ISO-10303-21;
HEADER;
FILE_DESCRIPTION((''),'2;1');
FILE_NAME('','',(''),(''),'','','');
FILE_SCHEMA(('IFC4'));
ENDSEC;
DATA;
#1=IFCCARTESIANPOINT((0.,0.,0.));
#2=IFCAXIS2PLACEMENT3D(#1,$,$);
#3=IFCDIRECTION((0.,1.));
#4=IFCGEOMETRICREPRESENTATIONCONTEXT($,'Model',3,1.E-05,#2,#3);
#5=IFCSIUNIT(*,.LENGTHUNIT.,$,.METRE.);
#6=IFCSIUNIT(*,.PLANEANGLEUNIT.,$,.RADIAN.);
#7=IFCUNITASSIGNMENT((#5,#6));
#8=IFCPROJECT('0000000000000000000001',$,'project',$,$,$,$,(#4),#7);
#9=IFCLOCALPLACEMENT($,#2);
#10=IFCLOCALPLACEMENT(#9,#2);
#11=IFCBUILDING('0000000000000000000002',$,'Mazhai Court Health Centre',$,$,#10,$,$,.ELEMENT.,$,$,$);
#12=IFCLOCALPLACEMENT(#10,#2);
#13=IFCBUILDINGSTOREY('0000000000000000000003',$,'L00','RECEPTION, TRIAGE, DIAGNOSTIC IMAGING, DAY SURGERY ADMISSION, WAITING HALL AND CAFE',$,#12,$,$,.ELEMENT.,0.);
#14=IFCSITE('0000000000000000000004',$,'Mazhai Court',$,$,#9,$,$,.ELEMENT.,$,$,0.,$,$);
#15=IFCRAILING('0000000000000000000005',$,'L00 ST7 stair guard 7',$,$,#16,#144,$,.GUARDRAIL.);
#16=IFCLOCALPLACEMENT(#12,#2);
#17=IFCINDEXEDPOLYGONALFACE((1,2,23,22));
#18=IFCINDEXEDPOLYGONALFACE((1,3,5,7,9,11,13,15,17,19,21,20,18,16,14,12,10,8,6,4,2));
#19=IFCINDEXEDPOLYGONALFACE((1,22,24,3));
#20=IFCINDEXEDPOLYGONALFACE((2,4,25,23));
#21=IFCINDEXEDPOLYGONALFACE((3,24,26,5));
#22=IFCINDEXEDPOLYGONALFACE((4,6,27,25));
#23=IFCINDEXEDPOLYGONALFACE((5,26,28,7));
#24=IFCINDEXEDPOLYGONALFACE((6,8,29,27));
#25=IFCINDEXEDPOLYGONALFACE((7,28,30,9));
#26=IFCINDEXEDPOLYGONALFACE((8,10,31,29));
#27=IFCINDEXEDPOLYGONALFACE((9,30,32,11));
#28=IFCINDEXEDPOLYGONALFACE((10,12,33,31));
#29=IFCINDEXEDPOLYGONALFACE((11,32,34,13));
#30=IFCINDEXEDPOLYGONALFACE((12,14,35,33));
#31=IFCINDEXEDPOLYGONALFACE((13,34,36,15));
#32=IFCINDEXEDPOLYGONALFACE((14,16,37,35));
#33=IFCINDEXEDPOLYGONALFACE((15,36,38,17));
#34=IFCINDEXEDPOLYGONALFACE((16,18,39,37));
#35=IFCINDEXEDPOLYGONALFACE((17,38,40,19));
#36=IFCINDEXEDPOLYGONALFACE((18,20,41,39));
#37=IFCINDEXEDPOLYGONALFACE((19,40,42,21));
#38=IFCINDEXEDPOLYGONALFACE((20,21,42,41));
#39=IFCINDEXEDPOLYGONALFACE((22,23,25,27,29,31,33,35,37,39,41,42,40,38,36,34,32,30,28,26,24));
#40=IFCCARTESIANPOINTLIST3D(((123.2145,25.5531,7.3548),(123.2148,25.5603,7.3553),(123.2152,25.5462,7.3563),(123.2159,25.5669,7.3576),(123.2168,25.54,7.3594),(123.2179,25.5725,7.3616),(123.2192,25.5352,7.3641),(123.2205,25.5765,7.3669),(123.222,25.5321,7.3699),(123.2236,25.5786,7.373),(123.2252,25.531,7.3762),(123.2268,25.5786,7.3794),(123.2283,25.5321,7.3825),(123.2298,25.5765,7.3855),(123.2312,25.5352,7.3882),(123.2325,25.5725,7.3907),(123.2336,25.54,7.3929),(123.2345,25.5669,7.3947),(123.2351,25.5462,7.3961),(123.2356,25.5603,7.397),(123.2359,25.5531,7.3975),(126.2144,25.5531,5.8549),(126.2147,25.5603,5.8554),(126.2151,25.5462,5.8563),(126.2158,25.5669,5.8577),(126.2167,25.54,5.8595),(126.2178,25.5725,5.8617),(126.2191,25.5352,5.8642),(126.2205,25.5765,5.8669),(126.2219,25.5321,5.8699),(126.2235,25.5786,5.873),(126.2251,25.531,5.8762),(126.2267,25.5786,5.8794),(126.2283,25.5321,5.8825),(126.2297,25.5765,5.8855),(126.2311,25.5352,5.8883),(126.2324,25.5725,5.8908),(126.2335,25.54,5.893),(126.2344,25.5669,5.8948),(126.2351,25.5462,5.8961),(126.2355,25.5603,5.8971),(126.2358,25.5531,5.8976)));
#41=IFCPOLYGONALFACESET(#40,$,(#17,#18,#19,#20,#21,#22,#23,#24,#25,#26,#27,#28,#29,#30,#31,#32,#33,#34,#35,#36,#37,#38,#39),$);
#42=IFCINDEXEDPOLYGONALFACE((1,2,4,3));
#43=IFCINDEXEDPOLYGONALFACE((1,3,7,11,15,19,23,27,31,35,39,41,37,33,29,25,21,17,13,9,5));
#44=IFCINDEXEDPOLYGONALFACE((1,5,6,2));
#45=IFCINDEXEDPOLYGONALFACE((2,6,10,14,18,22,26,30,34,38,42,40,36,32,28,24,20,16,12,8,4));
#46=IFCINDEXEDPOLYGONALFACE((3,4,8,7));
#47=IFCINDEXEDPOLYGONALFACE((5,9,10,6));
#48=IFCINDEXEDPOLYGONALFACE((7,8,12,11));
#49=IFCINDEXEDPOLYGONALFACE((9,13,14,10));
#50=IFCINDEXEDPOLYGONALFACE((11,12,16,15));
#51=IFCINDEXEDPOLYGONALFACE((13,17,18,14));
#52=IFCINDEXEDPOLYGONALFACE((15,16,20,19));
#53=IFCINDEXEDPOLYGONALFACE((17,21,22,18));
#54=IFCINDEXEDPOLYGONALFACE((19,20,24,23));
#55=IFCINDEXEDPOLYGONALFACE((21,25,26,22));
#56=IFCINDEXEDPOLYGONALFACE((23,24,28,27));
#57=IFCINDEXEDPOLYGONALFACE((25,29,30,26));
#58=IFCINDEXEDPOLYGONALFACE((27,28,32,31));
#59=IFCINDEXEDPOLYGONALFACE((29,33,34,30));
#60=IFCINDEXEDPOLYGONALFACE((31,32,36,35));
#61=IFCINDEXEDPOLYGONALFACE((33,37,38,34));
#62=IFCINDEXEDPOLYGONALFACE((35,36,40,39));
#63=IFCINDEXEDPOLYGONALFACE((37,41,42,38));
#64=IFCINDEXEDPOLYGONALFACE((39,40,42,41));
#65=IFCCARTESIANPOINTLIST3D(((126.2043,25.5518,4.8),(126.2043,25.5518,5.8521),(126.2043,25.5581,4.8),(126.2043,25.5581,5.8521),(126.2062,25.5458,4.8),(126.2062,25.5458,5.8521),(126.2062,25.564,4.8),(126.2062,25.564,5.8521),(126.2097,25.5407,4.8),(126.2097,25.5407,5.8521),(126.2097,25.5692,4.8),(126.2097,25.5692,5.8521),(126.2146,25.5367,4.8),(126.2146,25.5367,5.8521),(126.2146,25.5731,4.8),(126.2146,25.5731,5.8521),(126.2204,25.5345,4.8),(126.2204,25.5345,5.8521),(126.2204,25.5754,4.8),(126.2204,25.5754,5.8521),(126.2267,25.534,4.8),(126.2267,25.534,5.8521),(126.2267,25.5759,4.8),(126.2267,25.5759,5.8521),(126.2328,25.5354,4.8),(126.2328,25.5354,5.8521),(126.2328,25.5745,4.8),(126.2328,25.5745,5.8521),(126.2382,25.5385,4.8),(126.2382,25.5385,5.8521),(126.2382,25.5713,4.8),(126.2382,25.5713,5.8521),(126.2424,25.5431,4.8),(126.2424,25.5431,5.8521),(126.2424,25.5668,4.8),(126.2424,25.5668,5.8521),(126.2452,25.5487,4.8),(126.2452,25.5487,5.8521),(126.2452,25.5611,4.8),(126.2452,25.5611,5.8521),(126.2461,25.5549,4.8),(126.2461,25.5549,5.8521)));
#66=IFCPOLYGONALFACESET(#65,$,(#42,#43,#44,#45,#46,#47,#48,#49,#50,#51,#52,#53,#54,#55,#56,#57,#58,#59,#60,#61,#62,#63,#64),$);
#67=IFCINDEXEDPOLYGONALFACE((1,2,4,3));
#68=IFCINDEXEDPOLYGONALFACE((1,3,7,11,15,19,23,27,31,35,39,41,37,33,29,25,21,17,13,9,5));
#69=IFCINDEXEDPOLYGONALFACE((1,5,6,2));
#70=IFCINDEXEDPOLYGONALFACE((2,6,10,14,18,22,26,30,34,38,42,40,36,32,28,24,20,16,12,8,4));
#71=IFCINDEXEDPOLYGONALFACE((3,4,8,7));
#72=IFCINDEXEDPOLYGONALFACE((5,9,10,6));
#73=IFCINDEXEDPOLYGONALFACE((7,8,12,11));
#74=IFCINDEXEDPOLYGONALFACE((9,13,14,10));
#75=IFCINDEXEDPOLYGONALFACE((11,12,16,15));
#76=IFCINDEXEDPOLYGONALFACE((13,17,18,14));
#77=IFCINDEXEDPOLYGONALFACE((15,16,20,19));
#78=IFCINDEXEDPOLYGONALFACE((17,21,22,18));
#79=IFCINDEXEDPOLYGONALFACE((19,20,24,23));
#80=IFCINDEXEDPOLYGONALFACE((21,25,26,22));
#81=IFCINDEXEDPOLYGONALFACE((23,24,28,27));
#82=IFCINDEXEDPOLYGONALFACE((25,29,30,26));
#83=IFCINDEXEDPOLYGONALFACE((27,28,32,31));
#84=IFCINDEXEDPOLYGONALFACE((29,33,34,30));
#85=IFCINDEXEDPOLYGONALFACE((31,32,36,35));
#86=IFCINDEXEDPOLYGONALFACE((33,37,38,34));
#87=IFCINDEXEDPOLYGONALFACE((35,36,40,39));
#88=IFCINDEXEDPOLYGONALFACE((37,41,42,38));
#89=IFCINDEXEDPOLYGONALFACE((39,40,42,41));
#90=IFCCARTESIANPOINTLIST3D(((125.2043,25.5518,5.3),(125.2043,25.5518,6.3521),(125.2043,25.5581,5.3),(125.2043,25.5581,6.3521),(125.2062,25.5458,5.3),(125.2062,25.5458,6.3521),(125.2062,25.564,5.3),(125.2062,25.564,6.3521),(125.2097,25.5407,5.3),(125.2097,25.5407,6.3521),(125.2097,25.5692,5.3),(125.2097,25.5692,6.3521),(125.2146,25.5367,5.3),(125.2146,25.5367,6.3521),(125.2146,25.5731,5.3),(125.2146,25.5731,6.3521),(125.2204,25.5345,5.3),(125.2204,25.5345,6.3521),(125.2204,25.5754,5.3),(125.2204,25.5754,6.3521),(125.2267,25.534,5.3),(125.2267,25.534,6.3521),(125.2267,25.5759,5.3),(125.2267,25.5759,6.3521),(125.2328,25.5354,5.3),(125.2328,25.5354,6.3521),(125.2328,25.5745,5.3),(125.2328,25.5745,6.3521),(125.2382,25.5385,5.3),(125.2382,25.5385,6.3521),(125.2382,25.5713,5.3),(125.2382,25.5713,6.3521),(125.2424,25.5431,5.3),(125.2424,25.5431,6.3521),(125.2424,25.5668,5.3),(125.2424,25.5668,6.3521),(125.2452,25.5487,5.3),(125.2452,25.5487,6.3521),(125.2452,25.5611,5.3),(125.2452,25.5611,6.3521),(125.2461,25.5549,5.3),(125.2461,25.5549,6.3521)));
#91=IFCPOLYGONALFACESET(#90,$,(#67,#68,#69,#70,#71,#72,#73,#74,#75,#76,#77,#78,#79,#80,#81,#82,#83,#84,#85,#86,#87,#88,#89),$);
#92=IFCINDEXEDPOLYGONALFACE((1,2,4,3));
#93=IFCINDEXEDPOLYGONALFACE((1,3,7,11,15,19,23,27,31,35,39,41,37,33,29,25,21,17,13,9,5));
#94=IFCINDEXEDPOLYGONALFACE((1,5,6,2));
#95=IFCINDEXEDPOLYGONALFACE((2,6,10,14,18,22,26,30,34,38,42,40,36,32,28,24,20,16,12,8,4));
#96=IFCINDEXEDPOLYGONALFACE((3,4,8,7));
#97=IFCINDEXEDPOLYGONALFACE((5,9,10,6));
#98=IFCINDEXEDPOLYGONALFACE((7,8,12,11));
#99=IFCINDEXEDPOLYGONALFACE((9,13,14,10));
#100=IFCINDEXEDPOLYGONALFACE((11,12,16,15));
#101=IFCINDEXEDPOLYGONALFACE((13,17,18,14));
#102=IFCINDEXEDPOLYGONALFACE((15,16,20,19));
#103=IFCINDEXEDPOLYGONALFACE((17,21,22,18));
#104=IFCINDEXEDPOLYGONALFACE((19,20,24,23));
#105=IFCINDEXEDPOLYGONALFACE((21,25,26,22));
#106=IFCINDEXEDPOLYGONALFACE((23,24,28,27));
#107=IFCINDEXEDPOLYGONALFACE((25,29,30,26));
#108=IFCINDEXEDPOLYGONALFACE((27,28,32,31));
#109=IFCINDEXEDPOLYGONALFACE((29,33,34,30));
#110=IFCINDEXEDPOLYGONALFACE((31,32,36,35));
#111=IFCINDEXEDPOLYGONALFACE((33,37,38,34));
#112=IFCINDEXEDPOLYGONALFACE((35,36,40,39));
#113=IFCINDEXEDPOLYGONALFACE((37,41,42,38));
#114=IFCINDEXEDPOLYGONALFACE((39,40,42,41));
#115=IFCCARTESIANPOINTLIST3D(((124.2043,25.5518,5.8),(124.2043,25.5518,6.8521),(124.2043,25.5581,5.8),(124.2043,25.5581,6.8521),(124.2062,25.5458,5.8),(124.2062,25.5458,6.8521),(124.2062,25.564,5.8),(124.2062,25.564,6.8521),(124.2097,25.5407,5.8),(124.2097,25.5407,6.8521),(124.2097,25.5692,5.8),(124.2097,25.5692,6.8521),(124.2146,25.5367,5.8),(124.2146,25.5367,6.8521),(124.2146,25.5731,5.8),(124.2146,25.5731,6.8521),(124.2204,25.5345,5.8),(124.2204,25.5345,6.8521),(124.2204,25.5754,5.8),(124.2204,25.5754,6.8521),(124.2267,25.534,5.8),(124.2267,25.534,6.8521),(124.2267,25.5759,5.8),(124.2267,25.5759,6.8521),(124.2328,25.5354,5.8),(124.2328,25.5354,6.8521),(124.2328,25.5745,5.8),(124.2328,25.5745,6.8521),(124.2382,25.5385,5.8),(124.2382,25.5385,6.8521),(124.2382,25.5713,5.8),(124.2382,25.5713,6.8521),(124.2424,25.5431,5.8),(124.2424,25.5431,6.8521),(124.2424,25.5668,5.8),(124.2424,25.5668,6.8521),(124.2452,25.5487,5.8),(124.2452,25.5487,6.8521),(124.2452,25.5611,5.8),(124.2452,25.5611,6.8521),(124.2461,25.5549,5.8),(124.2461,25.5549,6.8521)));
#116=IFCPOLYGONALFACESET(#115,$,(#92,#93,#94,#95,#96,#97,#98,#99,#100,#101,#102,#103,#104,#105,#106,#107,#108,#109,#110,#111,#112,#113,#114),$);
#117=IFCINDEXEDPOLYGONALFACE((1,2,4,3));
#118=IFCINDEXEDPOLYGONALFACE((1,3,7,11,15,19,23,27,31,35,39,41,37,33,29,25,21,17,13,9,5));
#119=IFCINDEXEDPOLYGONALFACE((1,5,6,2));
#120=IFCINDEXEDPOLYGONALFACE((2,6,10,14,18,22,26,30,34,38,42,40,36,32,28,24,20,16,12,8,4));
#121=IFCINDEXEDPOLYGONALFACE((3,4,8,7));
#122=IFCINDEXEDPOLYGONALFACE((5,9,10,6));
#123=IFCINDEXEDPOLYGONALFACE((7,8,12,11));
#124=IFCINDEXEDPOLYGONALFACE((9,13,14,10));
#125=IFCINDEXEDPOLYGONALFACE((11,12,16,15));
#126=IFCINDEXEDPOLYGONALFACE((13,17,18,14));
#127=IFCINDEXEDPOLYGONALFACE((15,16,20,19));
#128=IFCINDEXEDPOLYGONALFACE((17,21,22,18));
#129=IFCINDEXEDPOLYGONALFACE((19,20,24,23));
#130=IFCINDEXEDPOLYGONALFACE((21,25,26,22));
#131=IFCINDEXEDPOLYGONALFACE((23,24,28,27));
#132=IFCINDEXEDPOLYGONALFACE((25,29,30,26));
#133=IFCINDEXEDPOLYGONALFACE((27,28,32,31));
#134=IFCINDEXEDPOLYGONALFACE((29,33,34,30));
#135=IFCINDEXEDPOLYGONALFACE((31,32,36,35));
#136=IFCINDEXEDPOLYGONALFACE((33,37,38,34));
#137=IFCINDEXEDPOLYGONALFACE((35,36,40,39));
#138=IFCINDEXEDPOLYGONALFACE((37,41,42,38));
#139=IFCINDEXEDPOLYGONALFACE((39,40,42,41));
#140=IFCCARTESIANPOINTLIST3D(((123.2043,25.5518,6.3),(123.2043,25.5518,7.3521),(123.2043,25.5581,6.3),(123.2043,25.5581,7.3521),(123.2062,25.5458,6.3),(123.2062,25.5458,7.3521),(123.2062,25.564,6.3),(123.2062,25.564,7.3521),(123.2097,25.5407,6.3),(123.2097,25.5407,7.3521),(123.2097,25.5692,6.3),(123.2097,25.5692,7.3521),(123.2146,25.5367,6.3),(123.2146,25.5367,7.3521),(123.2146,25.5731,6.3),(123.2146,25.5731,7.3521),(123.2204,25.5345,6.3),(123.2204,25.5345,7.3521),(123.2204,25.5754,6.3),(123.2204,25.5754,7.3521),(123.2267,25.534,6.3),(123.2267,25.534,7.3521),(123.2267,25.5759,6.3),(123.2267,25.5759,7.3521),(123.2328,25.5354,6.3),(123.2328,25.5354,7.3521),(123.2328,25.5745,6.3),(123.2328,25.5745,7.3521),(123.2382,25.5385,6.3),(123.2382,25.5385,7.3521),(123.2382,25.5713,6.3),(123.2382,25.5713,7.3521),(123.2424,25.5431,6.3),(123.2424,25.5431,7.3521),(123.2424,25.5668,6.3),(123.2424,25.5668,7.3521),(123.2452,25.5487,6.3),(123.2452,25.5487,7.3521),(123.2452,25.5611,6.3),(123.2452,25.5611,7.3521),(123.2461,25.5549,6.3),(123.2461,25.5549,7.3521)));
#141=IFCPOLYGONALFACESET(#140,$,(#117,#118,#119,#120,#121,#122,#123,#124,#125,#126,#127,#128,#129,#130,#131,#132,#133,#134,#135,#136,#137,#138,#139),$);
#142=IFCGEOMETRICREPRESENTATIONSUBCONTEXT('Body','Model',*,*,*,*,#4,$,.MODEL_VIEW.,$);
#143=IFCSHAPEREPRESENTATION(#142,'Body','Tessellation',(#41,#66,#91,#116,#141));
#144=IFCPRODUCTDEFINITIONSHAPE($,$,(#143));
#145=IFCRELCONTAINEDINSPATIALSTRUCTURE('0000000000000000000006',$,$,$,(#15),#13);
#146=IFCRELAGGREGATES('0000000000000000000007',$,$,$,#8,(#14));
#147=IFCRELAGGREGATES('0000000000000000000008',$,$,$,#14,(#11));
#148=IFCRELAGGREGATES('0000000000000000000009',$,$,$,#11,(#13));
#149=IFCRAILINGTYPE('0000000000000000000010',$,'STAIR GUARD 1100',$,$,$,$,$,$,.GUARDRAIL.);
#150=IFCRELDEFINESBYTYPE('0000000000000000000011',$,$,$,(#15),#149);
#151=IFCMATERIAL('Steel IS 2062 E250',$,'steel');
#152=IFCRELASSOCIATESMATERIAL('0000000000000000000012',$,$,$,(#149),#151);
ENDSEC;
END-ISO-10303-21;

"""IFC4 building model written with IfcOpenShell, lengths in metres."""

from ifc_helpers import new_model, si_unit, direction, frame, origin, origin_2d, place, context, subcontext, project, spatial, circle, extrude, material, type_object, element, save


model = new_model("IFC4")

# Units and contexts
model_context = context("Model", 3, precision=1e-05, world=origin(), true_north=direction((0.0, 1.0)))
body_context = subcontext(model_context, "Body", "Model", "MODEL_VIEW")
ifc_project = project(units=[si_unit("LENGTHUNIT", "METRE"), si_unit("PLANEANGLEUNIT", "RADIAN")], contexts=[model_context])

# Site, building, storey
site_placement = place(None, origin())
site = spatial("IfcSite", under=ifc_project, at=site_placement, Name="Mazhai Court", CompositionType="ELEMENT", RefElevation=0.0)
building_placement = place(site_placement, origin())
building = spatial("IfcBuilding", under=site, at=building_placement, Name="Mazhai Court Health Centre", CompositionType="ELEMENT")
storey_placement = place(building_placement, origin())
storey = spatial("IfcBuildingStorey", under=building, at=storey_placement, Name="L00", Description="RECEPTION, TRIAGE, DIAGNOSTIC IMAGING, DAY SURGERY ADMISSION, WAITING HALL AND CAFE", CompositionType="ELEMENT", Elevation=0.0)

# Railing
ifc_material_1 = material(Name="Steel IS 2062 E250", Category="steel")
railing_type_1 = type_object("IfcRailingType", Name="STAIR GUARD 1100", PredefinedType="GUARDRAIL", material=ifc_material_1)
railing_1_placement = place(storey_placement, frame((126.2251, 25.5549, 4.8)))
element("IfcRailing", 1, at=railing_1_placement, inside=storey, type_object=railing_type_1, Name="L00 ST7 stair guard 7", PredefinedType="GUARDRAIL", context=body_context, shape_type="SweptSolid", body=[
    extrude(circle(Radius=0.0239, at=origin_2d()), frame((0.0, 0.0, 1.0762), z_axis=(-0.894427, 0.0, 0.447214), x_axis=(0.0, -1.0, 0.0)), (0.0, 0.0, 1.0), 3.354),
    extrude(circle(Radius=0.021, at=origin_2d()), origin(), (0.0, 0.0, 1.0), 1.052),
    extrude(circle(Radius=0.021, at=origin_2d()), frame((-1.0, 0.0, 0.5)), (0.0, 0.0, 1.0), 1.052),
    extrude(circle(Radius=0.021, at=origin_2d()), frame((-2.0, 0.0, 1.0)), (0.0, 0.0, 1.0), 1.052),
    extrude(circle(Radius=0.021, at=origin_2d()), frame((-3.0, 0.0, 1.5)), (0.0, 0.0, 1.0), 1.052),
])

save(model, "model.ifc")
